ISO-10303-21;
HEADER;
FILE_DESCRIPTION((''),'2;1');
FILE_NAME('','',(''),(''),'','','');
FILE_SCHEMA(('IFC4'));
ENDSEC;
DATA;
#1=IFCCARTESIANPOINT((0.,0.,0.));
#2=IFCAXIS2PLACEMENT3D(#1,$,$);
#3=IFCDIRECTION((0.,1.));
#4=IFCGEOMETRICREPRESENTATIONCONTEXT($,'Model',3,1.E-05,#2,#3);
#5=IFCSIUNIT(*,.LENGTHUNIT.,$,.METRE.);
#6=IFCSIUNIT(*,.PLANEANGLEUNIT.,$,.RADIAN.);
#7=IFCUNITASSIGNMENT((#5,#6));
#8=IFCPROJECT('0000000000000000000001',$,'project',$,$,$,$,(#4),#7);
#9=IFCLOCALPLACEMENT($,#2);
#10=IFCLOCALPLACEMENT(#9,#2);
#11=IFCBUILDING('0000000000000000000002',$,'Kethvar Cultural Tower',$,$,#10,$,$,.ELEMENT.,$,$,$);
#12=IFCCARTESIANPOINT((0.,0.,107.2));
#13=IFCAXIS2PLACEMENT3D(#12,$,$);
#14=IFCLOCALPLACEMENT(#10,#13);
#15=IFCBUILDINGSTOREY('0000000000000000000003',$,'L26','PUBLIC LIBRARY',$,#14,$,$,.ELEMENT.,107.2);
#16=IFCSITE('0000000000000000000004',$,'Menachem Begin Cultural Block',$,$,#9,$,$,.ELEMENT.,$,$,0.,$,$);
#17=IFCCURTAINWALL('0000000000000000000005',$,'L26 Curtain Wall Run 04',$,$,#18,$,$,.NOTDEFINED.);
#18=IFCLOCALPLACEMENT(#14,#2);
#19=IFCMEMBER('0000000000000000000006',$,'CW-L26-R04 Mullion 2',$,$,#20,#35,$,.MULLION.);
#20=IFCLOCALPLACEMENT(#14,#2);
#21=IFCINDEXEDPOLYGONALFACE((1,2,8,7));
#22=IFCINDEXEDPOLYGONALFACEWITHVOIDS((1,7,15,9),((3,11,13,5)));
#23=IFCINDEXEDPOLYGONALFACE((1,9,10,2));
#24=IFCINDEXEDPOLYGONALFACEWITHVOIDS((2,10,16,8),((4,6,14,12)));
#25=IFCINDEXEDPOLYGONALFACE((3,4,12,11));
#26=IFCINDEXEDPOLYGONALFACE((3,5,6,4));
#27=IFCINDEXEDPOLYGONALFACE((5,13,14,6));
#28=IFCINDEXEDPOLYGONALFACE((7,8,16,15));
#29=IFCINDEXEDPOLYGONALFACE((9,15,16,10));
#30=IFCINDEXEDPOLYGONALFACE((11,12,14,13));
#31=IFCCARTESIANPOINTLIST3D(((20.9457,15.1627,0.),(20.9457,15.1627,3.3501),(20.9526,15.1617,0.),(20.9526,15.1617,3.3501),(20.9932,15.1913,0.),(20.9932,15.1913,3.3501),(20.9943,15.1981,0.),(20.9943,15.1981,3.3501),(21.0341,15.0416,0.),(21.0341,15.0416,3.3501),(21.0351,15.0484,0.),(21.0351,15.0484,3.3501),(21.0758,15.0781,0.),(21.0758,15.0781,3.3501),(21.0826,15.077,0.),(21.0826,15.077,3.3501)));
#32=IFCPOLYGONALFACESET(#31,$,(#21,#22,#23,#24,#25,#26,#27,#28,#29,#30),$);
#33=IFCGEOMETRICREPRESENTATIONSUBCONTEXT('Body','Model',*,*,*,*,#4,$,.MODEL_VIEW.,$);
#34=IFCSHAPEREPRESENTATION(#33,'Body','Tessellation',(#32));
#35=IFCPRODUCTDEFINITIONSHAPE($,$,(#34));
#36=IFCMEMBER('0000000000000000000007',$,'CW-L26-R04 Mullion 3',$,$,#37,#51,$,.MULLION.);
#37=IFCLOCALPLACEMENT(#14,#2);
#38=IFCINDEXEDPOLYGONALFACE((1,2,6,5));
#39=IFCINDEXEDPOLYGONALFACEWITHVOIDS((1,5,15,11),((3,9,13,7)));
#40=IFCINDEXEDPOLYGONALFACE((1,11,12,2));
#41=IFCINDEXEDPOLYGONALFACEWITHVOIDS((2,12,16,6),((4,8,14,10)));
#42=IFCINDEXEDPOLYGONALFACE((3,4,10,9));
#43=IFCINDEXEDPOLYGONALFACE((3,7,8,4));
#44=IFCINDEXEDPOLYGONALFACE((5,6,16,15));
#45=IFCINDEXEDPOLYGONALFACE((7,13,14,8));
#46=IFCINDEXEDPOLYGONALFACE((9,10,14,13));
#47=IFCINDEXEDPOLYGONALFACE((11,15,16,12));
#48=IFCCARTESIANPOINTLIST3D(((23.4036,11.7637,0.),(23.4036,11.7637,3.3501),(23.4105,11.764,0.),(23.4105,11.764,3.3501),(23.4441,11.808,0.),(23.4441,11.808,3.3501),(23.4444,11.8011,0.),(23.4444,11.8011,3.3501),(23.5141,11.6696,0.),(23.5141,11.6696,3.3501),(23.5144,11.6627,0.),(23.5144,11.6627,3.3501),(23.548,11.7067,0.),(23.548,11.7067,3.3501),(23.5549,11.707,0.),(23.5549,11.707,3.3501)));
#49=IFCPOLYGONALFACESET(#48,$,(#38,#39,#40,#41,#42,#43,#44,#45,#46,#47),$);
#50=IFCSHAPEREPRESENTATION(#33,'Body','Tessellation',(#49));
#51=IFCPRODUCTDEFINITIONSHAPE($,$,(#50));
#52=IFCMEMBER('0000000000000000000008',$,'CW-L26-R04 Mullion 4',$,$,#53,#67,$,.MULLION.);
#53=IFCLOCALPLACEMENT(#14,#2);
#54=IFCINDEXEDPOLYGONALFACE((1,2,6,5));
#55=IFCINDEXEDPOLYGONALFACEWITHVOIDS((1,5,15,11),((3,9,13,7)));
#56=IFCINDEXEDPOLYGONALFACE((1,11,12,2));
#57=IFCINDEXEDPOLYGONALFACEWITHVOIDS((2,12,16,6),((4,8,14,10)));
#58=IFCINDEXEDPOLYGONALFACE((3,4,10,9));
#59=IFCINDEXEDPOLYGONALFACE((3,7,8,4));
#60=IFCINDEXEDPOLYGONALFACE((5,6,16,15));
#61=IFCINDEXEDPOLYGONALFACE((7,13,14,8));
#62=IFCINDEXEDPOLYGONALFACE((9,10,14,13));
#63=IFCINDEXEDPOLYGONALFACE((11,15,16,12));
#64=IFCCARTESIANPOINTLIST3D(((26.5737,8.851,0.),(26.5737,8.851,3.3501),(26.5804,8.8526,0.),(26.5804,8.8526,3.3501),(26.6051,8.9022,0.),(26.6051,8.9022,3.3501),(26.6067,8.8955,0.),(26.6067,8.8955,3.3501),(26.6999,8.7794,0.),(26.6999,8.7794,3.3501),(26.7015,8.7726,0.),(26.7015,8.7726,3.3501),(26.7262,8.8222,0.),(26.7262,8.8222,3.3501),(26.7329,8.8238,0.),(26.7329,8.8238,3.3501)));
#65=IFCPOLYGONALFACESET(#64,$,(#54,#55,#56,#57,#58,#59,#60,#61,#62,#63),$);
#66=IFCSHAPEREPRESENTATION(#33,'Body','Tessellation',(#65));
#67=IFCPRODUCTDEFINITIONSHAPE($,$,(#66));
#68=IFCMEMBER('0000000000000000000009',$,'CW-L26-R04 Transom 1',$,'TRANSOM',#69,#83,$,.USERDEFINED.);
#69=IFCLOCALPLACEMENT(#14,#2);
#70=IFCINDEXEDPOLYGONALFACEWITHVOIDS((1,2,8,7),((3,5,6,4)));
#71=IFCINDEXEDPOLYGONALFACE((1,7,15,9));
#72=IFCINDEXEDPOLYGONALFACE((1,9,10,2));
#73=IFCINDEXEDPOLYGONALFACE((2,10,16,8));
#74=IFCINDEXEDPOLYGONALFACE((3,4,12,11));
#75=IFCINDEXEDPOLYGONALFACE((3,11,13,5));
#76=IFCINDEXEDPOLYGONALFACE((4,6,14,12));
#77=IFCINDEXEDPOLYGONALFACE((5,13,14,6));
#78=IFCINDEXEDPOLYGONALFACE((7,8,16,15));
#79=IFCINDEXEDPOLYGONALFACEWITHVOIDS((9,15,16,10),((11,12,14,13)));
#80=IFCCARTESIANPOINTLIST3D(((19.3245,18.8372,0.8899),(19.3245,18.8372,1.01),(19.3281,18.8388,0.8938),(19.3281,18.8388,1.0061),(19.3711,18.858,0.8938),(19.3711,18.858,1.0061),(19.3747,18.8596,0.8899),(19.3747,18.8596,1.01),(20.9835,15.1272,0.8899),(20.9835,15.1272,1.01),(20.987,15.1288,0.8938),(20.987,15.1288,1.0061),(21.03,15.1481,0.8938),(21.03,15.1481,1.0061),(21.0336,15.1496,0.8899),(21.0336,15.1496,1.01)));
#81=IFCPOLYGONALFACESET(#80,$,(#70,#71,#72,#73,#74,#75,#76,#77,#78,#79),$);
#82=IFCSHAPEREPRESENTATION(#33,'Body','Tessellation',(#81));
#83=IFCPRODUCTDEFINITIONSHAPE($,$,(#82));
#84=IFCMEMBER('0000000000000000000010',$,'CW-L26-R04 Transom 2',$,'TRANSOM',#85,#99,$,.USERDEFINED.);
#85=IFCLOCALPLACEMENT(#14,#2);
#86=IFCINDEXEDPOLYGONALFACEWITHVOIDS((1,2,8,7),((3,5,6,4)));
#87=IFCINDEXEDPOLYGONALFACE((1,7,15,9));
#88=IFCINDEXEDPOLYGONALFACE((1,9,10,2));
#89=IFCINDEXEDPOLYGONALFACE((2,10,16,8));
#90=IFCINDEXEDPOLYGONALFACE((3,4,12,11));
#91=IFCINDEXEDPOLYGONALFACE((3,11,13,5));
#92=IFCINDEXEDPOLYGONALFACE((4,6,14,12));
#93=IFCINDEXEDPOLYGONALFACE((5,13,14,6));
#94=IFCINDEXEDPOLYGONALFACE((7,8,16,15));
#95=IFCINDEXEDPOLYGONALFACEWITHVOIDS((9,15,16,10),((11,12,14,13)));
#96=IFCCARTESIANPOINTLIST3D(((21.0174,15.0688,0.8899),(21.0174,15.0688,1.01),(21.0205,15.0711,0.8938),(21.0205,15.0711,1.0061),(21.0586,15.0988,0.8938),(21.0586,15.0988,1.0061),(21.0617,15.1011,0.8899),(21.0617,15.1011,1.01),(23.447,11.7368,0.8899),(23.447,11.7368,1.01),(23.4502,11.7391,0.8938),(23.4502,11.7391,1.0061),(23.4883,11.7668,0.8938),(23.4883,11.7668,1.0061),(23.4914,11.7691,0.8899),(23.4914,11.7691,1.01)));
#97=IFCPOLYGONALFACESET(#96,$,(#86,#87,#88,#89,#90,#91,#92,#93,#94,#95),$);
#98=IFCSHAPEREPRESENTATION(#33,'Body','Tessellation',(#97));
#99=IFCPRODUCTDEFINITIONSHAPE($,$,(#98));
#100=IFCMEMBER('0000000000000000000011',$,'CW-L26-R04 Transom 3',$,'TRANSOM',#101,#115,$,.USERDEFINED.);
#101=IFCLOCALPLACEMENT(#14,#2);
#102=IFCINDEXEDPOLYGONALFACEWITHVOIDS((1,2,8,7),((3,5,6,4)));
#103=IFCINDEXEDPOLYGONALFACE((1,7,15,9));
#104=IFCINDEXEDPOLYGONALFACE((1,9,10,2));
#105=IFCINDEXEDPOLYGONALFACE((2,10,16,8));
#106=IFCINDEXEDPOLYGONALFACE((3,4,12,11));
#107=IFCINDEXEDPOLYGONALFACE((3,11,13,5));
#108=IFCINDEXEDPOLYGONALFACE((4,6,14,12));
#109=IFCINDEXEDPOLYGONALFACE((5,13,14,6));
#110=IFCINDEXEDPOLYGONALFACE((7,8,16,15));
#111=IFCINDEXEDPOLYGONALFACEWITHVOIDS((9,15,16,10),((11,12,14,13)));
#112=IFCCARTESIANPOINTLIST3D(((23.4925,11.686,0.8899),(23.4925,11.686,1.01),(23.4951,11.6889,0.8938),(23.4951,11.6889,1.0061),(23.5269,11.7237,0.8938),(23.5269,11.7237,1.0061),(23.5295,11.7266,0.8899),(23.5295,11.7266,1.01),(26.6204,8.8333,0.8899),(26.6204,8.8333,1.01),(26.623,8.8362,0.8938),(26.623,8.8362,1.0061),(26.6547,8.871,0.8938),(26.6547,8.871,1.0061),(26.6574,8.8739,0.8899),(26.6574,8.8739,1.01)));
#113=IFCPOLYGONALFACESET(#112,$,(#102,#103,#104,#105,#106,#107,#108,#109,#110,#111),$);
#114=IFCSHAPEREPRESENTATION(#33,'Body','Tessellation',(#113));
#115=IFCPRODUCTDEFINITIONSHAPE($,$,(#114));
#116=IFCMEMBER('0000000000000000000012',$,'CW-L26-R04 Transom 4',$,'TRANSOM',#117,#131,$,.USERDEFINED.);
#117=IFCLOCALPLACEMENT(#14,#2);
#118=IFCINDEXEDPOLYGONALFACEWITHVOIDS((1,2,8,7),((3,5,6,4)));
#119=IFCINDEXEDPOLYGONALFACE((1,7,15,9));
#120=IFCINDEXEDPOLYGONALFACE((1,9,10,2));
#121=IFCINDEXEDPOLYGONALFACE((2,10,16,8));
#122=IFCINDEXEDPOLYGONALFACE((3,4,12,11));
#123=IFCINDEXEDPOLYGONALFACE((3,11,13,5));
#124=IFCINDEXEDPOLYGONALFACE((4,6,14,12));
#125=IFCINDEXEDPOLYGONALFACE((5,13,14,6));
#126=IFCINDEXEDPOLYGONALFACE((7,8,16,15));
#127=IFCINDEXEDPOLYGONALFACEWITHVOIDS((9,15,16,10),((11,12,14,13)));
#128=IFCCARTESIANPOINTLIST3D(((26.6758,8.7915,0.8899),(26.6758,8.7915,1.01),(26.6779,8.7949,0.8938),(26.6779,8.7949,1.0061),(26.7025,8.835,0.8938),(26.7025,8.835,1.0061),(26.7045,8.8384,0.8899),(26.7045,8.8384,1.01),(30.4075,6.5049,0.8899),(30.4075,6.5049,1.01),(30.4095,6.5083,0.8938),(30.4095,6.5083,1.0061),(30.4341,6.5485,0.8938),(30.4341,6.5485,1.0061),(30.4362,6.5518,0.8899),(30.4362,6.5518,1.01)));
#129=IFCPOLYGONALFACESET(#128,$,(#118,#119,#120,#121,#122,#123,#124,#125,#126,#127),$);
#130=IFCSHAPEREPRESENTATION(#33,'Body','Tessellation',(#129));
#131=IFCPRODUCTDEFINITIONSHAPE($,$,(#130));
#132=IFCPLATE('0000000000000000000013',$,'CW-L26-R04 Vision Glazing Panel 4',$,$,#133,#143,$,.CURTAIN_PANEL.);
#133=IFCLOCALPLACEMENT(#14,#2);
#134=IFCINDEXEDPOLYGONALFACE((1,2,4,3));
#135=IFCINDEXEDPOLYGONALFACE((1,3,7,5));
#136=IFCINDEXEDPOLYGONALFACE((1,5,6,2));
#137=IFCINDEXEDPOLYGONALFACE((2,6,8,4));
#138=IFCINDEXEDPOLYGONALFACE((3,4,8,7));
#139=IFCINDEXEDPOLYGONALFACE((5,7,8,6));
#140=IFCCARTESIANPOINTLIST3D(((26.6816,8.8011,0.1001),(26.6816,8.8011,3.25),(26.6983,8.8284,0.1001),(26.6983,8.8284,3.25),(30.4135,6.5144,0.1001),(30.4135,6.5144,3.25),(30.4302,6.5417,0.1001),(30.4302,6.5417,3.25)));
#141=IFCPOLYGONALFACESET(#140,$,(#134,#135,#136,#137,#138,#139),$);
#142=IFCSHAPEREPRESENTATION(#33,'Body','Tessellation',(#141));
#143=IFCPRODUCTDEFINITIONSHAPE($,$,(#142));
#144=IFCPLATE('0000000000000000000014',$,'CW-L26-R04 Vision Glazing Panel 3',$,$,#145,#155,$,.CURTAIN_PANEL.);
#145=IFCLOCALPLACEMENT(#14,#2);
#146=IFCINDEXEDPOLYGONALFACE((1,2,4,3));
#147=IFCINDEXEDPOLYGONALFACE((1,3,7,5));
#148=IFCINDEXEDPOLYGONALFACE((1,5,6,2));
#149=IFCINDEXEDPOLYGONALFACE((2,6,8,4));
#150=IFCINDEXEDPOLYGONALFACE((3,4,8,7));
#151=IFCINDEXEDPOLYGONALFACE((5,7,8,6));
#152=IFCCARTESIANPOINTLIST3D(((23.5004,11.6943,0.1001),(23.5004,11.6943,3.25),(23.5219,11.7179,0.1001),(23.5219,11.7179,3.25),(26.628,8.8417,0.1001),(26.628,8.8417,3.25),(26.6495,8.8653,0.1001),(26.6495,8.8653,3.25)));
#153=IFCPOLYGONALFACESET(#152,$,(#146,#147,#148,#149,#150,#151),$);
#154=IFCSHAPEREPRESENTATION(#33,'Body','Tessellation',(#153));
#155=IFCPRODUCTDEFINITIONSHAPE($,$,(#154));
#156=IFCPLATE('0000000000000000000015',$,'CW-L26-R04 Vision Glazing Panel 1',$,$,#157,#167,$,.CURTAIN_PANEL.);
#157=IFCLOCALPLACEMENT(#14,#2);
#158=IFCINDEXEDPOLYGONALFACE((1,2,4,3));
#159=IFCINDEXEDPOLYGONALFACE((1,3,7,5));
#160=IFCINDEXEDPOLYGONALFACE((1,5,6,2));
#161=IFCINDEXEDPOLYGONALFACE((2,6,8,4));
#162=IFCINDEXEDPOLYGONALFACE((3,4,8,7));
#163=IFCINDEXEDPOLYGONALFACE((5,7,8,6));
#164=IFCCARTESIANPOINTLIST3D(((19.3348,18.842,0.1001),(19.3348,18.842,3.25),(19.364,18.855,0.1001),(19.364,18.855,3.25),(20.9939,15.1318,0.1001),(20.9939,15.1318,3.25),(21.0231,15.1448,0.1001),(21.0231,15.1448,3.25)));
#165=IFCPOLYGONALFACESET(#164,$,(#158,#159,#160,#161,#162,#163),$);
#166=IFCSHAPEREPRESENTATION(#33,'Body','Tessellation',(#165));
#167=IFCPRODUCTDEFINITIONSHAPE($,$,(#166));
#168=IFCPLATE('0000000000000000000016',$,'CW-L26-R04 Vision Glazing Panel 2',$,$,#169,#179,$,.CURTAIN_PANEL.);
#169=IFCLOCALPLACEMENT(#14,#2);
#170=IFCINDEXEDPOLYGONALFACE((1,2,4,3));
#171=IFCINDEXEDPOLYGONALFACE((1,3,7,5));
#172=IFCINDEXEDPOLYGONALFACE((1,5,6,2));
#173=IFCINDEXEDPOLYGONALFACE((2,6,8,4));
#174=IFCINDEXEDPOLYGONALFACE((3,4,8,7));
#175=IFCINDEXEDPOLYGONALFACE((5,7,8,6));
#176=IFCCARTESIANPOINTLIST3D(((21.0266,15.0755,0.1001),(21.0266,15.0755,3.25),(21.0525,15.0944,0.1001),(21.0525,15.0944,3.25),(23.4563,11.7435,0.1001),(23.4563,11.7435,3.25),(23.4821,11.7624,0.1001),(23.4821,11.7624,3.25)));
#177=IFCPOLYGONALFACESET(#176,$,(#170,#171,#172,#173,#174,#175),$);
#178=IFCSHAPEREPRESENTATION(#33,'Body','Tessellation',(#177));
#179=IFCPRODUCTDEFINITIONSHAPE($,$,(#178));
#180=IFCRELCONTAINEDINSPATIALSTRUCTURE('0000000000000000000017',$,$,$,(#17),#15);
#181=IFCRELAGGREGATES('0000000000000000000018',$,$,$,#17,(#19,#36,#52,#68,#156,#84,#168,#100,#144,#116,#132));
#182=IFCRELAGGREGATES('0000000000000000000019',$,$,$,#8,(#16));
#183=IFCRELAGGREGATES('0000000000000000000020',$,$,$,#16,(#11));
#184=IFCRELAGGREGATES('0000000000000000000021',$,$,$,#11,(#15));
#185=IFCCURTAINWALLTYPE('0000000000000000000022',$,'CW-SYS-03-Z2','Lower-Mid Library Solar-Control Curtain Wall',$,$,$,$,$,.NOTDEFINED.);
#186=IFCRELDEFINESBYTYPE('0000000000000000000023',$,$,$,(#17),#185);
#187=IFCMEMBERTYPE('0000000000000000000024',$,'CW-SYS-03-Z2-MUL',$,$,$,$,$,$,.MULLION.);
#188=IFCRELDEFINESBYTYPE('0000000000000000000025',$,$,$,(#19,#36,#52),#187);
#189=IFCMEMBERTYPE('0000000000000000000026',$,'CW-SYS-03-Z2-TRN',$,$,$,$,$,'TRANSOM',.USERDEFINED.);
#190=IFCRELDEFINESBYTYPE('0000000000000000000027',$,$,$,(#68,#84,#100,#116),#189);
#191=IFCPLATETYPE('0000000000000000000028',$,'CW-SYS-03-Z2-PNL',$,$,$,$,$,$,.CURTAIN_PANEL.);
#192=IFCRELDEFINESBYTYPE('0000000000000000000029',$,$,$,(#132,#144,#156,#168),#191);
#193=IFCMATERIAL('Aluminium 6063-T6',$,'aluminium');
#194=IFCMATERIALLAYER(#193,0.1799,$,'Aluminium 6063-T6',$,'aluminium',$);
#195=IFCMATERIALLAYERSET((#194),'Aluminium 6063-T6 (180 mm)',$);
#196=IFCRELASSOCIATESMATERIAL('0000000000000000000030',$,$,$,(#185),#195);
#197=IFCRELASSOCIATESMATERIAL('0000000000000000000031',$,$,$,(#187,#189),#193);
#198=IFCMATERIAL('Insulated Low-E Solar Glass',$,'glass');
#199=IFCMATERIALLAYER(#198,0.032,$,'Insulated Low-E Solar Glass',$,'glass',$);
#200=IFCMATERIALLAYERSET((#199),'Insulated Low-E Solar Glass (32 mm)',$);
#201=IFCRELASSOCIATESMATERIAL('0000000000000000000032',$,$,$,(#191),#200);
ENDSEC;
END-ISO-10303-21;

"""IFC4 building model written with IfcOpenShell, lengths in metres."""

from ifc_helpers import new_model, si_unit, direction, frame, origin, origin_2d, place, context, subcontext, project, spatial, rectangle, hollow_rectangle, extrude, source, transform, mapped, material, layer, layer_set, material_profile, profile_set, type_object, element, aggregate, save


model = new_model("IFC4")

# Units and contexts
model_context = context("Model", 3, precision=1e-05, world=origin(), true_north=direction((0.0, 1.0)))
body_context = subcontext(model_context, "Body", "Model", "MODEL_VIEW")
ifc_project = project(units=[si_unit("LENGTHUNIT", "METRE"), si_unit("PLANEANGLEUNIT", "RADIAN")], contexts=[model_context])

# Site, building, storey
site_placement = place(None, origin())
site = spatial("IfcSite", under=ifc_project, at=site_placement, Name="Menachem Begin Cultural Block", CompositionType="ELEMENT", RefElevation=0.0)
building_placement = place(site_placement, origin())
building = spatial("IfcBuilding", under=site, at=building_placement, Name="Kethvar Cultural Tower", CompositionType="ELEMENT")
storey_placement = place(building_placement, frame((0.0, 0.0, 107.2)))
storey = spatial("IfcBuildingStorey", under=building, at=storey_placement, Name="L26", Description="PUBLIC LIBRARY", CompositionType="ELEMENT", Elevation=107.2)

# Curtain wall, members, plates
ifc_material_1 = material(Name="Aluminium 6063-T6", Category="aluminium")
ifc_layer_1 = layer(ifc_material_1, 0.1799, Name="Aluminium 6063-T6", Category="aluminium")
ifc_layer_set_1 = layer_set([ifc_layer_1], Name="Aluminium 6063-T6 (180 mm)")
curtain_wall_type = type_object("IfcCurtainWallType", Name="CW-SYS-03-Z2", Description="Lower-Mid Library Solar-Control Curtain Wall", PredefinedType="NOTDEFINED", material=ifc_layer_set_1)
curtain_wall_placement = place(storey_placement, origin())
curtain_wall = element("IfcCurtainWall", 1, at=curtain_wall_placement, inside=storey, type_object=curtain_wall_type, Name="L26 Curtain Wall Run 04", PredefinedType="NOTDEFINED")
ifc_material_profile_1 = material_profile(ifc_material_1, hollow_rectangle(XDim=0.0601, YDim=0.1499, WallThickness=0.0049, at=origin_2d()), Name="Aluminium 6063-T6 — RHS150x60x5")
ifc_profile_set_1 = profile_set([ifc_material_profile_1], Name="Aluminium 6063-T6 — RHS150x60x5")
member_type_1 = type_object("IfcMemberType", Name="CW-SYS-03-Z2-MUL", PredefinedType="MULLION", material=ifc_profile_set_1)
shared_shape_1 = source(origin(), body_context, "Body", "SweptSolid", [
    extrude(hollow_rectangle(XDim=0.0601, YDim=0.1499, WallThickness=0.0049, at=origin_2d()), origin(), (0.0, 0.0, 1.0), 3.3501),
])
member_1_placement = place(storey_placement, frame((21.0142, 15.1199, 0.0), z_axis=(0.0, 0.0, 1.0), x_axis=(0.808, 0.589182, 0.0)))
member_1 = element("IfcMember", 2, at=member_1_placement, type_object=member_type_1, Name="CW-L26-R04 Mullion 2", PredefinedType="MULLION", context=body_context, shape_type="MappedRepresentation", body=[
    mapped(shared_shape_1, transform((0.0, 0.0, 0.0), scale=1.0)),
])
member_2_placement = place(storey_placement, frame((23.4792, 11.7354, 0.0), z_axis=(0.0, 0.0, 1.0), x_axis=(0.673877, 0.738844, 0.0)))
member_2 = element("IfcMember", 3, at=member_2_placement, type_object=member_type_1, Name="CW-L26-R04 Mullion 3", PredefinedType="MULLION", context=body_context, shape_type="MappedRepresentation", body=[
    mapped(shared_shape_1, transform((0.0, 0.0, 0.0), scale=1.0)),
])
member_3_placement = place(storey_placement, frame((26.6533, 8.8374, 0.0), z_axis=(0.0, 0.0, 1.0), x_axis=(0.522469, 0.852658, 0.0)))
member_3 = element("IfcMember", 4, at=member_3_placement, type_object=member_type_1, Name="CW-L26-R04 Mullion 4", PredefinedType="MULLION", context=body_context, shape_type="MappedRepresentation", body=[
    mapped(shared_shape_1, transform((0.0, 0.0, 0.0), scale=1.0)),
])
ifc_material_profile_2 = material_profile(ifc_material_1, hollow_rectangle(XDim=0.0549, YDim=0.1201, WallThickness=0.0039, at=origin_2d()), Name="Aluminium 6063-T6 — RHS120x55x4")
ifc_profile_set_2 = profile_set([ifc_material_profile_2], Name="Aluminium 6063-T6 — RHS120x55x4")
member_type_2 = type_object("IfcMemberType", Name="CW-SYS-03-Z2-TRN", ElementType="TRANSOM", PredefinedType="USERDEFINED", material=ifc_profile_set_2)
shared_shape_2 = source(origin(), body_context, "Body", "SweptSolid", [
    extrude(hollow_rectangle(XDim=0.0549, YDim=0.1201, WallThickness=0.0039, at=origin_2d()), origin(), (0.0, 0.0, 1.0), 4.064),
])
member_4_placement = place(storey_placement, frame((19.3496, 18.8484, 0.95), z_axis=(0.408205, -0.91289, 0.0), x_axis=(0.91289, 0.408205, 0.0)))
member_4 = element("IfcMember", 5, at=member_4_placement, type_object=member_type_2, Name="CW-L26-R04 Transom 1", ObjectType="TRANSOM", PredefinedType="USERDEFINED", context=body_context, shape_type="MappedRepresentation", body=[
    mapped(shared_shape_2, transform((0.0, 0.0, 0.0), scale=1.0)),
])
shared_shape_3 = source(origin(), body_context, "Body", "SweptSolid", [
    extrude(hollow_rectangle(XDim=0.0549, YDim=0.1201, WallThickness=0.0039, at=origin_2d()), origin(), (0.0, 0.0, 1.0), 4.1238),
])
member_5_placement = place(storey_placement, frame((21.0396, 15.085, 0.95), z_axis=(0.589185, -0.807998, 0.0), x_axis=(0.807998, 0.589185, 0.0)))
member_5 = element("IfcMember", 6, at=member_5_placement, type_object=member_type_2, Name="CW-L26-R04 Transom 2", ObjectType="TRANSOM", PredefinedType="USERDEFINED", context=body_context, shape_type="MappedRepresentation", body=[
    mapped(shared_shape_3, transform((0.0, 0.0, 0.0), scale=1.0)),
])
shared_shape_4 = source(origin(), body_context, "Body", "SweptSolid", [
    extrude(hollow_rectangle(XDim=0.0549, YDim=0.1201, WallThickness=0.0039, at=origin_2d()), origin(), (0.0, 0.0, 1.0), 4.2334),
])
member_6_placement = place(storey_placement, frame((23.511, 11.7063, 0.95), z_axis=(0.738856, -0.673863, 0.0), x_axis=(0.673863, 0.738856, 0.0)))
member_6 = element("IfcMember", 7, at=member_6_placement, type_object=member_type_2, Name="CW-L26-R04 Transom 3", ObjectType="TRANSOM", PredefinedType="USERDEFINED", context=body_context, shape_type="MappedRepresentation", body=[
    mapped(shared_shape_4, transform((0.0, 0.0, 0.0), scale=1.0)),
])
shared_shape_5 = source(origin(), body_context, "Body", "SweptSolid", [
    extrude(hollow_rectangle(XDim=0.0549, YDim=0.1201, WallThickness=0.0039, at=origin_2d()), origin(), (0.0, 0.0, 1.0), 4.3765),
])
member_7_placement = place(storey_placement, frame((26.6902, 8.8149, 0.95), z_axis=(0.852657, -0.522472, 0.0), x_axis=(0.522472, 0.852657, 0.0)))
member_7 = element("IfcMember", 8, at=member_7_placement, type_object=member_type_2, Name="CW-L26-R04 Transom 4", ObjectType="TRANSOM", PredefinedType="USERDEFINED", context=body_context, shape_type="MappedRepresentation", body=[
    mapped(shared_shape_5, transform((0.0, 0.0, 0.0), scale=1.0)),
])
ifc_material_2 = material(Name="Insulated Low-E Solar Glass", Category="glass")
ifc_layer_2 = layer(ifc_material_2, 0.032, Name="Insulated Low-E Solar Glass", Category="glass")
ifc_layer_set_2 = layer_set([ifc_layer_2], Name="Insulated Low-E Solar Glass (32 mm)")
plate_type = type_object("IfcPlateType", Name="CW-SYS-03-Z2-PNL", PredefinedType="CURTAIN_PANEL", material=ifc_layer_set_2)
shared_shape_6 = source(origin(), body_context, "Body", "SweptSolid", [
    extrude(rectangle(XDim=4.3767, YDim=0.032, at=origin_2d()), origin(), (0.0, 0.0, 1.0), 3.1499),
])
plate_1_placement = place(storey_placement, frame((28.5559, 7.6714, 0.1001), z_axis=(0.0, 0.0, 1.0), x_axis=(0.852658, -0.522469, 0.0)))
plate_1 = element("IfcPlate", 9, at=plate_1_placement, type_object=plate_type, Name="CW-L26-R04 Vision Glazing Panel 4", PredefinedType="CURTAIN_PANEL", context=body_context, shape_type="MappedRepresentation", body=[
    mapped(shared_shape_6, transform((0.0, 0.0, 0.0), scale=1.0)),
])
shared_shape_7 = source(origin(), body_context, "Body", "SweptSolid", [
    extrude(rectangle(XDim=4.2332, YDim=0.032, at=origin_2d()), origin(), (0.0, 0.0, 1.0), 3.1499),
])
plate_2_placement = place(storey_placement, frame((25.075, 10.2798, 0.1001), z_axis=(0.0, 0.0, 1.0), x_axis=(0.738844, -0.673877, 0.0)))
plate_2 = element("IfcPlate", 10, at=plate_2_placement, type_object=plate_type, Name="CW-L26-R04 Vision Glazing Panel 3", PredefinedType="CURTAIN_PANEL", context=body_context, shape_type="MappedRepresentation", body=[
    mapped(shared_shape_7, transform((0.0, 0.0, 0.0), scale=1.0)),
])
shared_shape_8 = source(origin(), body_context, "Body", "SweptSolid", [
    extrude(rectangle(XDim=4.0642, YDim=0.032, at=origin_2d()), origin(), (0.0, 0.0, 1.0), 3.1499),
])
plate_3_placement = place(storey_placement, frame((20.179, 16.9934, 0.1001), z_axis=(0.0, 0.0, 1.0), x_axis=(0.408203, -0.912891, 0.0)))
plate_3 = element("IfcPlate", 11, at=plate_3_placement, type_object=plate_type, Name="CW-L26-R04 Vision Glazing Panel 1", PredefinedType="CURTAIN_PANEL", context=body_context, shape_type="MappedRepresentation", body=[
    mapped(shared_shape_8, transform((0.0, 0.0, 0.0), scale=1.0)),
])
shared_shape_9 = source(origin(), body_context, "Body", "SweptSolid", [
    extrude(rectangle(XDim=4.1238, YDim=0.032, at=origin_2d()), origin(), (0.0, 0.0, 1.0), 3.1499),
])
plate_4_placement = place(storey_placement, frame((22.2544, 13.4189, 0.1001), z_axis=(0.0, 0.0, 1.0), x_axis=(0.589182, -0.808, 0.0)))
plate_4 = element("IfcPlate", 12, at=plate_4_placement, type_object=plate_type, Name="CW-L26-R04 Vision Glazing Panel 2", PredefinedType="CURTAIN_PANEL", context=body_context, shape_type="MappedRepresentation", body=[
    mapped(shared_shape_9, transform((0.0, 0.0, 0.0), scale=1.0)),
])
aggregate(curtain_wall, [member_1, member_2, member_3, member_4, plate_3, member_5, plate_4, member_6, plate_2, member_7, plate_1])

save(model, "model.ifc")
